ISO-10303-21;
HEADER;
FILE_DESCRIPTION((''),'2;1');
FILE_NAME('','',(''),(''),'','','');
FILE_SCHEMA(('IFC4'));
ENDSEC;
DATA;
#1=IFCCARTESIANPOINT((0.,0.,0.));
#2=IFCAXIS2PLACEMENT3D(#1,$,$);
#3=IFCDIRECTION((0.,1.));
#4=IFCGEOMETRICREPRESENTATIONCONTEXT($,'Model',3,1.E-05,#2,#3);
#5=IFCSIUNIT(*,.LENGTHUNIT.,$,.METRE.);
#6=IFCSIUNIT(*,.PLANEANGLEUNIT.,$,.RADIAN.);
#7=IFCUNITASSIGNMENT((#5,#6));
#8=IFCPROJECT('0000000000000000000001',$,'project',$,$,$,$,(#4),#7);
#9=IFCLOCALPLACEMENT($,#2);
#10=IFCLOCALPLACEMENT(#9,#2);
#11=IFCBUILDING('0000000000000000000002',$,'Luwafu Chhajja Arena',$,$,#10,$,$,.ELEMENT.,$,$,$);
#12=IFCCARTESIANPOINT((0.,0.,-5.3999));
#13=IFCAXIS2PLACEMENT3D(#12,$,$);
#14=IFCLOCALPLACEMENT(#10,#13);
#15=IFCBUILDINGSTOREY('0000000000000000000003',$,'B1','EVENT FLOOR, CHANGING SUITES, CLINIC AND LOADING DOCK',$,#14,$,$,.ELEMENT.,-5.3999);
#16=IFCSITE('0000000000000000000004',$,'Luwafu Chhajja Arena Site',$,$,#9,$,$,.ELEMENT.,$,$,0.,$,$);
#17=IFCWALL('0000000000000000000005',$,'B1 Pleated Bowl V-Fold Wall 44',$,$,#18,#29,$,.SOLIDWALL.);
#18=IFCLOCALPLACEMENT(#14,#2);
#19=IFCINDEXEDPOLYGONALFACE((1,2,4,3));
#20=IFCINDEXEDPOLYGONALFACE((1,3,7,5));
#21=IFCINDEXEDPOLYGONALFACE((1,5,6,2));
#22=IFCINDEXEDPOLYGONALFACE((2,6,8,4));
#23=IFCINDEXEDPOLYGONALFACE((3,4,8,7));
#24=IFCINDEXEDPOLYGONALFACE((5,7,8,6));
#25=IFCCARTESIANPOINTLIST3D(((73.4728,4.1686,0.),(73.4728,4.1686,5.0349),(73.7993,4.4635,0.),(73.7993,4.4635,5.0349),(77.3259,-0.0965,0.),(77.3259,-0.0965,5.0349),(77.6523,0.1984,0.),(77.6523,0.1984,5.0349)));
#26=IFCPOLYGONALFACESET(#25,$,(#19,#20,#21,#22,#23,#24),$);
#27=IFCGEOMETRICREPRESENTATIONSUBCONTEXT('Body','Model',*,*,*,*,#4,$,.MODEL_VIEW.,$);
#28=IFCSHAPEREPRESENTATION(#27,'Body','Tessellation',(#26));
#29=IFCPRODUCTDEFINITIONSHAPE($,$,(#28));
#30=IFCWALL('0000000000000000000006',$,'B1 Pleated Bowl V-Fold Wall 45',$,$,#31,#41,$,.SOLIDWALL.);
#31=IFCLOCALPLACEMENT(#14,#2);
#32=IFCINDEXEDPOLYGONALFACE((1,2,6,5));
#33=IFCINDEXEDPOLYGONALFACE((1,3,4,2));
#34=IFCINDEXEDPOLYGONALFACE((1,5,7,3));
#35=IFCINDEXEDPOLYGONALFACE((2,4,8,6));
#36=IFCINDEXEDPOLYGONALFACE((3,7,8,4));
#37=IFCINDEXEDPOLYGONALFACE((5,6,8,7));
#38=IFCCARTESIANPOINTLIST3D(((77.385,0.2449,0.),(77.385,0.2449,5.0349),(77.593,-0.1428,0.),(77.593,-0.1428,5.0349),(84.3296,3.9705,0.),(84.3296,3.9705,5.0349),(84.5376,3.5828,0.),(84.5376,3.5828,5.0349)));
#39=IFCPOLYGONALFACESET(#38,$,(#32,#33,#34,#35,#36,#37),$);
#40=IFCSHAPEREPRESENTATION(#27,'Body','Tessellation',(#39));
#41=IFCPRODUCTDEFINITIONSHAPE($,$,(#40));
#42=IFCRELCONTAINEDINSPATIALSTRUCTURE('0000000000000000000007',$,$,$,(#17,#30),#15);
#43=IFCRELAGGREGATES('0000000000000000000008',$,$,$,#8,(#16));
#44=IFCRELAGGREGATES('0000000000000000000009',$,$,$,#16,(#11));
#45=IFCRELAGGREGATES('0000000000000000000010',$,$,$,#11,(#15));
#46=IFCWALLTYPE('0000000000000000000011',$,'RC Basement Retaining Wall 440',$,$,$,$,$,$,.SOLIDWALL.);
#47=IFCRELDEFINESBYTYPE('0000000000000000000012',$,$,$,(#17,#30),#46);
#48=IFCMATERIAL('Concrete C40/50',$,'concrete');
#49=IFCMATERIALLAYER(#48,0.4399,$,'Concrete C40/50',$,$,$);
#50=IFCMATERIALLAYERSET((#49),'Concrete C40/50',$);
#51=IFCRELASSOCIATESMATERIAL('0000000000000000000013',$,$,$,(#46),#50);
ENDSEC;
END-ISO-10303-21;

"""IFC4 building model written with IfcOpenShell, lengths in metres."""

from ifc_helpers import new_model, si_unit, direction, frame, frame_2d, origin, place, context, subcontext, project, spatial, rectangle, extrude, material, layer, layer_set, type_object, element, save


model = new_model("IFC4")

# Units and contexts
model_context = context("Model", 3, precision=1e-05, world=origin(), true_north=direction((0.0, 1.0)))
body_context = subcontext(model_context, "Body", "Model", "MODEL_VIEW")
ifc_project = project(units=[si_unit("LENGTHUNIT", "METRE"), si_unit("PLANEANGLEUNIT", "RADIAN")], contexts=[model_context])

# Site, building, storey
site_placement = place(None, origin())
site = spatial("IfcSite", under=ifc_project, at=site_placement, Name="Luwafu Chhajja Arena Site", CompositionType="ELEMENT", RefElevation=0.0)
building_placement = place(site_placement, origin())
building = spatial("IfcBuilding", under=site, at=building_placement, Name="Luwafu Chhajja Arena", CompositionType="ELEMENT")
storey_placement = place(building_placement, frame((0.0, 0.0, -5.3999)))
storey = spatial("IfcBuildingStorey", under=building, at=storey_placement, Name="B1", Description="EVENT FLOOR, CHANGING SUITES, CLINIC AND LOADING DOCK", CompositionType="ELEMENT", Elevation=-5.3999)

# Shared definitions
ifc_material_1 = material(Name="Concrete C40/50", Category="concrete")

# Walls
ifc_layer_1 = layer(ifc_material_1, 0.4399, Name="Concrete C40/50")
ifc_layer_set_1 = layer_set([ifc_layer_1], Name="Concrete C40/50")
wall_type = type_object("IfcWallType", Name="RC Basement Retaining Wall 440", PredefinedType="SOLIDWALL", material=ifc_layer_set_1)
wall_1_placement = place(storey_placement, frame((73.636, 4.3162, 0.0), z_axis=(0.0, 0.0, 1.0), x_axis=(0.670348, -0.742047, 0.0)))
element("IfcWall", 1, at=wall_1_placement, inside=storey, type_object=wall_type, Name="B1 Pleated Bowl V-Fold Wall 44", PredefinedType="SOLIDWALL", context=body_context, shape_type="SweptSolid", body=[
    extrude(rectangle(XDim=5.7478, YDim=0.4399, at=frame_2d((2.874, 0.0))), origin(), (0.0, 0.0, 1.0), 5.0349),
])
wall_2_placement = place(storey_placement, frame((77.489, 0.051, 0.0), z_axis=(0.0, 0.0, 1.0), x_axis=(0.881201, 0.472741, 0.0)))
element("IfcWall", 2, at=wall_2_placement, inside=storey, type_object=wall_type, Name="B1 Pleated Bowl V-Fold Wall 45", PredefinedType="SOLIDWALL", context=body_context, shape_type="SweptSolid", body=[
    extrude(rectangle(XDim=7.8809, YDim=0.4399, at=frame_2d((3.9404, 0.0))), origin(), (0.0, 0.0, 1.0), 5.0349),
])

save(model, "model.ifc")
